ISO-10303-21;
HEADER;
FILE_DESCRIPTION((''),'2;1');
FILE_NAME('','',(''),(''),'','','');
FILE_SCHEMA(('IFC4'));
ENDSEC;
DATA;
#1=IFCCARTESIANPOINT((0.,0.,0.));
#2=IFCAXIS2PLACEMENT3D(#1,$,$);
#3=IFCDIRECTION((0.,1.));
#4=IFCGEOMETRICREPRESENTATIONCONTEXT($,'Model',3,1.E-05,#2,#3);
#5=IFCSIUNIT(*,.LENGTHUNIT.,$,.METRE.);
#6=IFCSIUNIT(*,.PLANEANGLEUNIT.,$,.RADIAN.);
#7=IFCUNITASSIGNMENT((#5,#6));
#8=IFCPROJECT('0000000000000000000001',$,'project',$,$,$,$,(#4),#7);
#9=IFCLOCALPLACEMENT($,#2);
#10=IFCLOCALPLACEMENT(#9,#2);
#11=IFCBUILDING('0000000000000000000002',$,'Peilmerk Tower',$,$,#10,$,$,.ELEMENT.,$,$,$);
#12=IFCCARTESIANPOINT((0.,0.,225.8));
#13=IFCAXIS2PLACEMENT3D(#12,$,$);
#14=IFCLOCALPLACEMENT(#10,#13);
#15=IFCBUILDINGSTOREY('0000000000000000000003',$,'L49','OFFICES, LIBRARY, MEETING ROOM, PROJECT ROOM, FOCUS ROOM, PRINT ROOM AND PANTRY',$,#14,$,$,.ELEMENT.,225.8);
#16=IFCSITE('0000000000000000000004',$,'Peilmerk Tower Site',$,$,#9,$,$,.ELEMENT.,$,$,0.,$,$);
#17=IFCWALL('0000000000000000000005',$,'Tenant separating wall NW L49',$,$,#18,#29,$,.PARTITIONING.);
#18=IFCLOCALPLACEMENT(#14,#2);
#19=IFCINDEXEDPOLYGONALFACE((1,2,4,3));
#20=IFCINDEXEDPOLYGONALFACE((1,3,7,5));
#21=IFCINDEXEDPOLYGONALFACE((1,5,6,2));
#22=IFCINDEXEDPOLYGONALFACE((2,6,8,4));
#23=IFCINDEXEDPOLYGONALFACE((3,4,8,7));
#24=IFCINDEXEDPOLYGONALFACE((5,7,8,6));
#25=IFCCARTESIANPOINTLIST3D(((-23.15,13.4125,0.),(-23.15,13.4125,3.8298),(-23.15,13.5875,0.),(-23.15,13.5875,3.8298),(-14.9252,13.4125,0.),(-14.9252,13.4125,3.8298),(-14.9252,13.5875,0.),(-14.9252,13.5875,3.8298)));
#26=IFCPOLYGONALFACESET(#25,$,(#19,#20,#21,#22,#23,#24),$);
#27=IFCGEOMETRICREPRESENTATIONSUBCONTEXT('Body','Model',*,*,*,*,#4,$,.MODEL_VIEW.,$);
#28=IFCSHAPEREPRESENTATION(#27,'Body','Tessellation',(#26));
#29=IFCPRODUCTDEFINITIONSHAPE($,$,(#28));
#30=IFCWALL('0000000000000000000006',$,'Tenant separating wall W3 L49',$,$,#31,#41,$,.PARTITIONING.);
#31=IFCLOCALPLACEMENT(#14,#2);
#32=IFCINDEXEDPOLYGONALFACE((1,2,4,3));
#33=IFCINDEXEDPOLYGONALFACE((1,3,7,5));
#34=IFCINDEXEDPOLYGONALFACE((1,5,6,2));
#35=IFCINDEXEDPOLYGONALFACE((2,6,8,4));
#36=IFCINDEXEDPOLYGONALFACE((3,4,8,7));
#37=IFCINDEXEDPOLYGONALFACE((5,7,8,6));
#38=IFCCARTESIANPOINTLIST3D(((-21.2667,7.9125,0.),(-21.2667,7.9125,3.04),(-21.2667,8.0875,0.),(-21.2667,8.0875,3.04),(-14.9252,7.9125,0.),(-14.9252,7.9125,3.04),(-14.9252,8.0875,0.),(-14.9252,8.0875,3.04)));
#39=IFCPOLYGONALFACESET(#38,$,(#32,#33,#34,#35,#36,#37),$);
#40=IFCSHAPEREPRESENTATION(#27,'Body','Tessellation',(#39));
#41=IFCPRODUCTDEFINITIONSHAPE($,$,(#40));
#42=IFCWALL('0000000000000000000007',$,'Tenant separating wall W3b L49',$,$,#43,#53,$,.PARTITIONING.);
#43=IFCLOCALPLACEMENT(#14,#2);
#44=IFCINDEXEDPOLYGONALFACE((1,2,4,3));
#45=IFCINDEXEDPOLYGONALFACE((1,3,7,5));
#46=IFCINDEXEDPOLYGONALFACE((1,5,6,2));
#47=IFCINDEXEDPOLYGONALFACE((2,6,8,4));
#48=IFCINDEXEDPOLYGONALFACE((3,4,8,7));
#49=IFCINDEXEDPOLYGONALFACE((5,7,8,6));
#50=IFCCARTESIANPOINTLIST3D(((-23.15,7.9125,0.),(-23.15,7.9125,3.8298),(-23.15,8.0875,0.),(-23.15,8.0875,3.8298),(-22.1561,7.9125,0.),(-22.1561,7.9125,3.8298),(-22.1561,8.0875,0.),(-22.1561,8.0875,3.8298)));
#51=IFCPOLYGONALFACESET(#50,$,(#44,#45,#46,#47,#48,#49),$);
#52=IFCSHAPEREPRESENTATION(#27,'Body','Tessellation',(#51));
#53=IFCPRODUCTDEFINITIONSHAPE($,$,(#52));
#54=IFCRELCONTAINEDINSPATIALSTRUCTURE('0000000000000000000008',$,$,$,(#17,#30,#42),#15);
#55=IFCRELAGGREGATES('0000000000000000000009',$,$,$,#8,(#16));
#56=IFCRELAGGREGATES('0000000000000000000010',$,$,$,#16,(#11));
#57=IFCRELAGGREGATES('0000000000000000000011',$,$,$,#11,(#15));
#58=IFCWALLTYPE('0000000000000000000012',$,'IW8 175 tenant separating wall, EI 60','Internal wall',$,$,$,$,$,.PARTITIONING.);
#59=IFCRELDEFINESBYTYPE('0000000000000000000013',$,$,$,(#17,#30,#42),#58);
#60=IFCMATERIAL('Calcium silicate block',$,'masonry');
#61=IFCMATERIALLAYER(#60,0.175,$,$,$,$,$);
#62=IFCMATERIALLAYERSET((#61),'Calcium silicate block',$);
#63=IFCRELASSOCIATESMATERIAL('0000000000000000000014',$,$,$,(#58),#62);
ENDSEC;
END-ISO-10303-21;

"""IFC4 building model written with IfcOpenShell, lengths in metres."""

from ifc_helpers import new_model, si_unit, direction, frame, frame_2d, origin, place, context, subcontext, project, spatial, rectangle, extrude, material, layer, layer_set, type_object, element, save


model = new_model("IFC4")

# Units and contexts
model_context = context("Model", 3, precision=1e-05, world=origin(), true_north=direction((0.0, 1.0)))
body_context = subcontext(model_context, "Body", "Model", "MODEL_VIEW")
ifc_project = project(units=[si_unit("LENGTHUNIT", "METRE"), si_unit("PLANEANGLEUNIT", "RADIAN")], contexts=[model_context])

# Site, building, storey
site_placement = place(None, origin())
site = spatial("IfcSite", under=ifc_project, at=site_placement, Name="Peilmerk Tower Site", CompositionType="ELEMENT", RefElevation=0.0)
building_placement = place(site_placement, origin())
building = spatial("IfcBuilding", under=site, at=building_placement, Name="Peilmerk Tower", CompositionType="ELEMENT")
storey_placement = place(building_placement, frame((0.0, 0.0, 225.8)))
storey = spatial("IfcBuildingStorey", under=building, at=storey_placement, Name="L49", Description="OFFICES, LIBRARY, MEETING ROOM, PROJECT ROOM, FOCUS ROOM, PRINT ROOM AND PANTRY", CompositionType="ELEMENT", Elevation=225.8)

# Shared definitions
ifc_material_1 = material(Name="Calcium silicate block", Category="masonry")

# Walls
ifc_layer_1 = layer(ifc_material_1, 0.175)
ifc_layer_set_1 = layer_set([ifc_layer_1], Name="Calcium silicate block")
wall_type_1 = type_object("IfcWallType", Name="IW8 175 tenant separating wall, EI 60", Description="Internal wall", PredefinedType="PARTITIONING", material=ifc_layer_set_1)
wall_1_placement = place(storey_placement, frame((-23.1499, 13.5, 0.0), z_axis=(0.0, 0.0, 1.0), x_axis=(1.0, 0.0, 0.0)))
element("IfcWall", 1, at=wall_1_placement, inside=storey, type_object=wall_type_1, Name="Tenant separating wall NW L49", PredefinedType="PARTITIONING", context=body_context, shape_type="SweptSolid", body=[
    extrude(rectangle(XDim=8.2249, YDim=0.175, at=frame_2d((4.1123, 0.0))), origin(), (0.0, 0.0, 1.0), 3.8298),
])
wall_2_placement = place(storey_placement, frame((-14.925, 8.0, 0.0), z_axis=(0.0, 0.0, 1.0), x_axis=(-1.0, 0.0, 0.0)))
element("IfcWall", 2, at=wall_2_placement, inside=storey, type_object=wall_type_1, Name="Tenant separating wall W3 L49", PredefinedType="PARTITIONING", context=body_context, shape_type="SweptSolid", body=[
    extrude(rectangle(XDim=6.3416, YDim=0.175, at=frame_2d((3.1709, 0.0))), origin(), (0.0, 0.0, 1.0), 3.04),
])
wall_3_placement = place(storey_placement, frame((-22.156, 8.0, 0.0), z_axis=(0.0, 0.0, 1.0), x_axis=(-1.0, 0.0, 0.0)))
element("IfcWall", 3, at=wall_3_placement, inside=storey, type_object=wall_type_1, Name="Tenant separating wall W3b L49", PredefinedType="PARTITIONING", context=body_context, shape_type="SweptSolid", body=[
    extrude(rectangle(XDim=0.9939, YDim=0.175, at=frame_2d((0.4971, 0.0))), origin(), (0.0, 0.0, 1.0), 3.8298),
])

save(model, "model.ifc")
